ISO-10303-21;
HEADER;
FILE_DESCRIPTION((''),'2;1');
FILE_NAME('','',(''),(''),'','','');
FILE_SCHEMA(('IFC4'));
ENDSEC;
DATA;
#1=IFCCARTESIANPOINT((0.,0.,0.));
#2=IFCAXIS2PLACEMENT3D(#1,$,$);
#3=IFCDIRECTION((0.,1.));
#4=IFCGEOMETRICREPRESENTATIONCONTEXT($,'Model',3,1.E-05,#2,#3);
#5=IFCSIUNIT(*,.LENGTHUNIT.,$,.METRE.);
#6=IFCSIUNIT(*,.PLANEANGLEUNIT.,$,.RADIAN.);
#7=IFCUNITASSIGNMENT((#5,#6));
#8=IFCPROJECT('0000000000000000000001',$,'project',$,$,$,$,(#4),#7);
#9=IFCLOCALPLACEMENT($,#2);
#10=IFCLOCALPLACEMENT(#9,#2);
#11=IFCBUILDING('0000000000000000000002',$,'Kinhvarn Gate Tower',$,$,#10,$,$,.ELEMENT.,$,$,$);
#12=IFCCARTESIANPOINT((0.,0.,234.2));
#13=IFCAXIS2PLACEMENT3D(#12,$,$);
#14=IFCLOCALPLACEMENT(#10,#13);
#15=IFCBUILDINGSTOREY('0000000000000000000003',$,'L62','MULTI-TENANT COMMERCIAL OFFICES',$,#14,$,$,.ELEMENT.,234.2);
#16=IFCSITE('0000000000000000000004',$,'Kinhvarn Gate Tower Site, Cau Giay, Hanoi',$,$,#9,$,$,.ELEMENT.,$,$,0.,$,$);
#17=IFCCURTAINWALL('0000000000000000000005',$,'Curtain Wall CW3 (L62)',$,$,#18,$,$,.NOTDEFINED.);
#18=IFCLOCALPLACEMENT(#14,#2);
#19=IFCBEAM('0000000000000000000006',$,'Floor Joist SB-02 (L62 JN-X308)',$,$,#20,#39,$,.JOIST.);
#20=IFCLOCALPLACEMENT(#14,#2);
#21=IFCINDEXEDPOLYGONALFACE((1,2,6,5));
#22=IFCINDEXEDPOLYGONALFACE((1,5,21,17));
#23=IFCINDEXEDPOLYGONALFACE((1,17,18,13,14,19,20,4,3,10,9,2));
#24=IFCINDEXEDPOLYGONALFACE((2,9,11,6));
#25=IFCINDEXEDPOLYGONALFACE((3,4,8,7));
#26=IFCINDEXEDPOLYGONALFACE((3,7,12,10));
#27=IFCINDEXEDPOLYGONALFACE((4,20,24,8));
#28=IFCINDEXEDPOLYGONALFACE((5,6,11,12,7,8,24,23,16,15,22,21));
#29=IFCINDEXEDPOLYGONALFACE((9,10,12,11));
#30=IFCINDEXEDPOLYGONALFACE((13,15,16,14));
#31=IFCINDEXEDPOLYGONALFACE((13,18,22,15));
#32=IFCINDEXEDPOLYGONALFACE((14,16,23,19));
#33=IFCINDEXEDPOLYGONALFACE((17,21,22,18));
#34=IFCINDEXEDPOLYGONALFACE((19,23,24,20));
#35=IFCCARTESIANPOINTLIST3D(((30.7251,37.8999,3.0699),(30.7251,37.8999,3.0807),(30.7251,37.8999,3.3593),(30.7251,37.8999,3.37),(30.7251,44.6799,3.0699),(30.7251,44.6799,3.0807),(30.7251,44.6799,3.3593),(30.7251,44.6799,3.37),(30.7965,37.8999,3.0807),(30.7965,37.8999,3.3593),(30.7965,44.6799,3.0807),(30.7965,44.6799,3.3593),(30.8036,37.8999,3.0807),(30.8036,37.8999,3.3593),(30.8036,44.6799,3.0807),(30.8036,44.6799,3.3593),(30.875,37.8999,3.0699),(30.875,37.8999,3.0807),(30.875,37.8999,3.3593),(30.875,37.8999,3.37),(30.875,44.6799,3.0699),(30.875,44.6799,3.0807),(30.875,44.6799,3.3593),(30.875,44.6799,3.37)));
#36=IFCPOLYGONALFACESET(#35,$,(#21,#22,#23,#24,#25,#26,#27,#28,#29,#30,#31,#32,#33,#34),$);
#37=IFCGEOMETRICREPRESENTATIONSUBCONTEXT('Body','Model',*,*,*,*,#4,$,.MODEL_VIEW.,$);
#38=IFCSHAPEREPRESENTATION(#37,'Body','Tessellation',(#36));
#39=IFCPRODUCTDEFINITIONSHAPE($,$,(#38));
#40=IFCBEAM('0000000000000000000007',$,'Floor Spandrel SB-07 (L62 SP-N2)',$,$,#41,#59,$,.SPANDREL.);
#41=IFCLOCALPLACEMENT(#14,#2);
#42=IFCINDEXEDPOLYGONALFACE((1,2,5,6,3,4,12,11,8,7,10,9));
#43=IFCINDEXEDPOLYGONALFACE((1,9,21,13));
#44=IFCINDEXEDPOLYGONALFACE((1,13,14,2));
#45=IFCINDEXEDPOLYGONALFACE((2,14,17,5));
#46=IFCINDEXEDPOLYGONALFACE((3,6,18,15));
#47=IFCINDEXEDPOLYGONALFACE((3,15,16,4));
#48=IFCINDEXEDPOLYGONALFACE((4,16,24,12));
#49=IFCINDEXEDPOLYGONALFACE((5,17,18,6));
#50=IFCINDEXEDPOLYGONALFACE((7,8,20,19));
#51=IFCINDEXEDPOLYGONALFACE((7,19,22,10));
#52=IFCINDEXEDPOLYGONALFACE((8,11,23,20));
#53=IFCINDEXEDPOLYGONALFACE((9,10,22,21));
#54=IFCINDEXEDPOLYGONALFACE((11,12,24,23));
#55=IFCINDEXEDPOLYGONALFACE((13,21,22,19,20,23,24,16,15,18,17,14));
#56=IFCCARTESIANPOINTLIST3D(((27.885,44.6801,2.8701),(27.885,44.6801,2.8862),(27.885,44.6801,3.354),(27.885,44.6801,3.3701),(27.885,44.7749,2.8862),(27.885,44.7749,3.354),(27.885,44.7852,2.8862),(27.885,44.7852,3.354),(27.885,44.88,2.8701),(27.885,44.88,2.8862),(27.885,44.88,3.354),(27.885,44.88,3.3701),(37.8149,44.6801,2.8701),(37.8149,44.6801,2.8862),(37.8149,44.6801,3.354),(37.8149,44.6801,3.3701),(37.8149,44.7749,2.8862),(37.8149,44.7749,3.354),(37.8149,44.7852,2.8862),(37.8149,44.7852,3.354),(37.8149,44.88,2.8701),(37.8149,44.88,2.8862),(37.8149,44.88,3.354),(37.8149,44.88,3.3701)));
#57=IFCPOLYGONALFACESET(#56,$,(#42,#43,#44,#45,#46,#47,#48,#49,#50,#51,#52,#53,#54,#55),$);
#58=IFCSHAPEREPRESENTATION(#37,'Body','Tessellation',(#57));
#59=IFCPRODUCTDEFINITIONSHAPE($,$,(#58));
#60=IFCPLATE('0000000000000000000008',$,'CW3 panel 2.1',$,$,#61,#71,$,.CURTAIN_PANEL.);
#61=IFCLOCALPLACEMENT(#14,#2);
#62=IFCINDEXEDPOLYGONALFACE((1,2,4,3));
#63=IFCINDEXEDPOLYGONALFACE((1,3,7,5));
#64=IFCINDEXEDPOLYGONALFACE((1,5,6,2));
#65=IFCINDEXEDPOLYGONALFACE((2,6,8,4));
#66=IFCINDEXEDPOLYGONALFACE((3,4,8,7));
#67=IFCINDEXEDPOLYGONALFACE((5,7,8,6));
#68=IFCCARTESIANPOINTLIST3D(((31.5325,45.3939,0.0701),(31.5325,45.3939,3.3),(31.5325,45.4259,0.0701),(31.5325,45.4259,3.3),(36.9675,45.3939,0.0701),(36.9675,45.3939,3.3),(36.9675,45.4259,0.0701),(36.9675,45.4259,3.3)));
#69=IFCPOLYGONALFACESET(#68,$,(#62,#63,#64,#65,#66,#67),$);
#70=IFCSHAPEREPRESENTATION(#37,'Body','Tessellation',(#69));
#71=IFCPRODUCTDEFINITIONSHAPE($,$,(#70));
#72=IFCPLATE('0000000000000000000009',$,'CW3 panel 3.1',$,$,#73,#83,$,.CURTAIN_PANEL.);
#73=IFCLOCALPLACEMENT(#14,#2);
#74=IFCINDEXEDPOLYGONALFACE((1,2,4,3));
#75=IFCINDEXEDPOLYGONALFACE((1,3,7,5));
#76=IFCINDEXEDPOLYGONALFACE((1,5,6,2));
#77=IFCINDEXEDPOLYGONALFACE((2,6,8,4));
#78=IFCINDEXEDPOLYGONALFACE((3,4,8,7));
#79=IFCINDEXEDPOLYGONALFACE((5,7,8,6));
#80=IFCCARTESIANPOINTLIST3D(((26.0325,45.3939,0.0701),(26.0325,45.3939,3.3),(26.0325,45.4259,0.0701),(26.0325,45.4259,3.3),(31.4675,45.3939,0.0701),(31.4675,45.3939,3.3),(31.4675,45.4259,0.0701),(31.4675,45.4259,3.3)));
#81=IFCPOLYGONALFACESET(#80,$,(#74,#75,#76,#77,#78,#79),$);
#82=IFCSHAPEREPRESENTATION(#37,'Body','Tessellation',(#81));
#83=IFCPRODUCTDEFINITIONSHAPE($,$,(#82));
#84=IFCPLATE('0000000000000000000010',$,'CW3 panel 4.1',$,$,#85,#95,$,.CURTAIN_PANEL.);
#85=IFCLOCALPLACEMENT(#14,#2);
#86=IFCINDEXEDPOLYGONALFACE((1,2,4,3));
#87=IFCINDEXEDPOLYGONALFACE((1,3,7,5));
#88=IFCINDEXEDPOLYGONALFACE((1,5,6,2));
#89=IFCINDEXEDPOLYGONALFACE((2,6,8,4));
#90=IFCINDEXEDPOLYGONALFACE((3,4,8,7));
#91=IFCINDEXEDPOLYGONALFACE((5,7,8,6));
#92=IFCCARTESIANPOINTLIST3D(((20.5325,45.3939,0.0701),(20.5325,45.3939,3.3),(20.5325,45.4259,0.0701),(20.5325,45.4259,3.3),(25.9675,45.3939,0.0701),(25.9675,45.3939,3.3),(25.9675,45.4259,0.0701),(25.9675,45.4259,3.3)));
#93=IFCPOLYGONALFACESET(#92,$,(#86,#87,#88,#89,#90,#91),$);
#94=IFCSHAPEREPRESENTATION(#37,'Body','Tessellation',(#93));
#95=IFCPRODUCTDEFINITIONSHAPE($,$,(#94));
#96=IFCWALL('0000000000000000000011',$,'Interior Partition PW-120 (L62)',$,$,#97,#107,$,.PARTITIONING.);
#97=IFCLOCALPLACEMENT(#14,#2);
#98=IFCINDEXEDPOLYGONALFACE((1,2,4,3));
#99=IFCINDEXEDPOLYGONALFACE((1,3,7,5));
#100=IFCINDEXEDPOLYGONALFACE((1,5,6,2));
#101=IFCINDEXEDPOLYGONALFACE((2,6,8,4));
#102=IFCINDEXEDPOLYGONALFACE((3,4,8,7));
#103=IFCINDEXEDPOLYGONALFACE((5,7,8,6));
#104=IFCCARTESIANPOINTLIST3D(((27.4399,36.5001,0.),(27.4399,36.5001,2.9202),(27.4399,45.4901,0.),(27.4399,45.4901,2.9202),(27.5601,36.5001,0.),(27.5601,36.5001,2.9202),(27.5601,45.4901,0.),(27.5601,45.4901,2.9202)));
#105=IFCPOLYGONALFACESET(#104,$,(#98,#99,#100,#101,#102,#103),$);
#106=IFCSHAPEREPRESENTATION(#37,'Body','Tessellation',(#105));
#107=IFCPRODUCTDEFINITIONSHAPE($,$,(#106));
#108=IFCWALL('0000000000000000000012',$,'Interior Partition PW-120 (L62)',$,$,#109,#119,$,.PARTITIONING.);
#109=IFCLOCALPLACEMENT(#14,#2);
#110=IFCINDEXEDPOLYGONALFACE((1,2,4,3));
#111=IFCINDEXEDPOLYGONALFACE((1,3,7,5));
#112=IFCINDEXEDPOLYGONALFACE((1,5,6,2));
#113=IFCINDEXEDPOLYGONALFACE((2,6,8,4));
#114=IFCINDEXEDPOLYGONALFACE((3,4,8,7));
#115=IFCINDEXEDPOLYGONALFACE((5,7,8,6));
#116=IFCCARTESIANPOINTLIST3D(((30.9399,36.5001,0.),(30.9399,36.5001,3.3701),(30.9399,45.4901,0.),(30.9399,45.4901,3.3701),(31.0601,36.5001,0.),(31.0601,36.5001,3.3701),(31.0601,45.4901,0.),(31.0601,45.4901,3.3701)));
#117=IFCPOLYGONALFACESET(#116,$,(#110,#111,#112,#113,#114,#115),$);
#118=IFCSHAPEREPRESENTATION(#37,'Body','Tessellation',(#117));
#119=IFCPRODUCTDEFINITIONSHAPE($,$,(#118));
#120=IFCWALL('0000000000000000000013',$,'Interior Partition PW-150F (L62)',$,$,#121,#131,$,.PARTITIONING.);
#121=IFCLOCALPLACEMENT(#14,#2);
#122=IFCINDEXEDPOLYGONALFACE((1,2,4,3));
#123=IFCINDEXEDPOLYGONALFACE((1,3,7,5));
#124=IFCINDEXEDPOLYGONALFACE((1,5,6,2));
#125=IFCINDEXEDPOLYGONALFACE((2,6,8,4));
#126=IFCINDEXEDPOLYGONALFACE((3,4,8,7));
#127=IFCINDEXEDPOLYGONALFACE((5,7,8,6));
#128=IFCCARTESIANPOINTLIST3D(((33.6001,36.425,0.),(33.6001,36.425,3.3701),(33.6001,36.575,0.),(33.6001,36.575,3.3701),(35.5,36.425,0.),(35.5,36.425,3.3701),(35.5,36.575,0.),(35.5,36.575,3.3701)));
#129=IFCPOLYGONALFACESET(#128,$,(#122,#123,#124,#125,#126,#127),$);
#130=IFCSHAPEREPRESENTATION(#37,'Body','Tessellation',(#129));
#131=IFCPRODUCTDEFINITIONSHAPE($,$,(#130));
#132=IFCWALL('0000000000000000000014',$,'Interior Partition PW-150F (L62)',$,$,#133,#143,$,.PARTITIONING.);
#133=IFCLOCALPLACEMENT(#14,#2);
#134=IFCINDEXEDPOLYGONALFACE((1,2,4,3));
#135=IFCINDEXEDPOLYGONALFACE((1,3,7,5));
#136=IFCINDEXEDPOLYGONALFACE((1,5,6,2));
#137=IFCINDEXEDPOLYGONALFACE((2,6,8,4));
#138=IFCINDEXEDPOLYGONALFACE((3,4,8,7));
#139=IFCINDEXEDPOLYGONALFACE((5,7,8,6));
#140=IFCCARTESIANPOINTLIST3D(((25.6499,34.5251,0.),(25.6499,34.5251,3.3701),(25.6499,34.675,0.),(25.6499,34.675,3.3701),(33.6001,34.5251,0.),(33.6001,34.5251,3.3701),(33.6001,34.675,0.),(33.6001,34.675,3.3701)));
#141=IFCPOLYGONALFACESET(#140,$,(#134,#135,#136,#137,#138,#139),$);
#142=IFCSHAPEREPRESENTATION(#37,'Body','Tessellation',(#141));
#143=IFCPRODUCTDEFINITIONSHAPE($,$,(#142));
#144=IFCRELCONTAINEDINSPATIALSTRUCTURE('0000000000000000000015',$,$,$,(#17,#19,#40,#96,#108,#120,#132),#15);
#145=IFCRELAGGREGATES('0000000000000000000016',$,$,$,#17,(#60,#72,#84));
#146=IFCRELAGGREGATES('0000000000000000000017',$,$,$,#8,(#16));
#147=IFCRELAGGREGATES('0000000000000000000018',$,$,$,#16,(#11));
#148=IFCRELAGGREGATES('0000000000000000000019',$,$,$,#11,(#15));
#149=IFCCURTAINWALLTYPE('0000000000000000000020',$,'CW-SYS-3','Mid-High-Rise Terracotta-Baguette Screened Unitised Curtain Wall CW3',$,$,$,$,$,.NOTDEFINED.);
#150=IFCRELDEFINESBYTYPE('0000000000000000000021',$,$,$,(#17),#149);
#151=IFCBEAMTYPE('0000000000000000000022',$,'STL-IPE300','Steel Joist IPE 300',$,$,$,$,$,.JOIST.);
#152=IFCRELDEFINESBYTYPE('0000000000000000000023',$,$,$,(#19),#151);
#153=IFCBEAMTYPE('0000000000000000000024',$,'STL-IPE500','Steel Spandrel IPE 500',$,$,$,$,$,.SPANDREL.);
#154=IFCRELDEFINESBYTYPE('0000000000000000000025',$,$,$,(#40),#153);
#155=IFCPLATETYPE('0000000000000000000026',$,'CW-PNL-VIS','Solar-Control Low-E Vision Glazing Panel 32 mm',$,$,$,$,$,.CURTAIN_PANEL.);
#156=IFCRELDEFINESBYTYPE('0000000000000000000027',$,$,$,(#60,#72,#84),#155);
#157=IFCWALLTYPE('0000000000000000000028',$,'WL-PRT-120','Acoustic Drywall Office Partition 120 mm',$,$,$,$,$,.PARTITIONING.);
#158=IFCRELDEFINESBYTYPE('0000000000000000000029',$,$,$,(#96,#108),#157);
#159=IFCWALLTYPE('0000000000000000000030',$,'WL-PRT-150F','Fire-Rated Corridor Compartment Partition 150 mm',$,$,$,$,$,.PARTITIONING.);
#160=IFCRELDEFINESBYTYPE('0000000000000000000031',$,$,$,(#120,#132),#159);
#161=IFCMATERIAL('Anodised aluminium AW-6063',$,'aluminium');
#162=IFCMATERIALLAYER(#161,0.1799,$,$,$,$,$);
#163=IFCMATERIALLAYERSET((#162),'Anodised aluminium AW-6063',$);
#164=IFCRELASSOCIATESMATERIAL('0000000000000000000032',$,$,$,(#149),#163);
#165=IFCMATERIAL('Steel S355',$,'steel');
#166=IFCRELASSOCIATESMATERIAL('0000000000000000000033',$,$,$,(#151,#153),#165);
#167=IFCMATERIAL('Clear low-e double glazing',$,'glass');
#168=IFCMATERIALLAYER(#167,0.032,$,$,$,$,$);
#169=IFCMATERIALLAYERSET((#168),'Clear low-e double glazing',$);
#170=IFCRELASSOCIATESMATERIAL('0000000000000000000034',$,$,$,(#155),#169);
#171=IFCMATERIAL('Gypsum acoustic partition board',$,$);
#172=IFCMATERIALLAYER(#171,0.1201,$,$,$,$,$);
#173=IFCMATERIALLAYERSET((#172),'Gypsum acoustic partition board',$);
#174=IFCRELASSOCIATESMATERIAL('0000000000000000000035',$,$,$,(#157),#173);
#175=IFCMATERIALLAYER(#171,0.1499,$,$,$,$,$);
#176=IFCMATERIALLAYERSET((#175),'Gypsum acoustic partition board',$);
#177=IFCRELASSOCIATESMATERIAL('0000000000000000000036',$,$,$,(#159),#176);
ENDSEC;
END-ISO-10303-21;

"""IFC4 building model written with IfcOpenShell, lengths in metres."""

from ifc_helpers import new_model, si_unit, direction, frame, frame_2d, origin, origin_2d, place, context, subcontext, project, spatial, rectangle, i_section, extrude, material, layer, layer_set, material_profile, profile_set, type_object, element, aggregate, save


model = new_model("IFC4")

# Units and contexts
model_context = context("Model", 3, precision=1e-05, world=origin(), true_north=direction((0.0, 1.0)))
body_context = subcontext(model_context, "Body", "Model", "MODEL_VIEW")
ifc_project = project(units=[si_unit("LENGTHUNIT", "METRE"), si_unit("PLANEANGLEUNIT", "RADIAN")], contexts=[model_context])

# Site, building, storey
site_placement = place(None, origin())
site = spatial("IfcSite", under=ifc_project, at=site_placement, Name="Kinhvarn Gate Tower Site, Cau Giay, Hanoi", CompositionType="ELEMENT", RefElevation=0.0)
building_placement = place(site_placement, origin())
building = spatial("IfcBuilding", under=site, at=building_placement, Name="Kinhvarn Gate Tower", CompositionType="ELEMENT")
storey_placement = place(building_placement, frame((0.0, 0.0, 234.2)))
storey = spatial("IfcBuildingStorey", under=building, at=storey_placement, Name="L62", Description="MULTI-TENANT COMMERCIAL OFFICES", CompositionType="ELEMENT", Elevation=234.2)

# Curtain wall
ifc_material_1 = material(Name="Anodised aluminium AW-6063", Category="aluminium")
ifc_layer_1 = layer(ifc_material_1, 0.1799)
ifc_layer_set_1 = layer_set([ifc_layer_1], Name="Anodised aluminium AW-6063")
curtain_wall_type = type_object("IfcCurtainWallType", Name="CW-SYS-3", Description="Mid-High-Rise Terracotta-Baguette Screened Unitised Curtain Wall CW3", PredefinedType="NOTDEFINED", material=ifc_layer_set_1)
curtain_wall_placement = place(storey_placement, origin())
curtain_wall = element("IfcCurtainWall", 1, at=curtain_wall_placement, inside=storey, type_object=curtain_wall_type, Name="Curtain Wall CW3 (L62)", PredefinedType="NOTDEFINED")

# Beams
ifc_material_2 = material(Name="Steel S355", Category="steel")
ifc_material_profile_1 = material_profile(ifc_material_2, i_section(OverallWidth=0.1499, OverallDepth=0.3, WebThickness=0.0071, FlangeThickness=0.0107, at=origin_2d()), Name="IPE 300")
ifc_profile_set_1 = profile_set([ifc_material_profile_1], Name="Steel S355")
beam_type_1 = type_object("IfcBeamType", Name="STL-IPE300", Description="Steel Joist IPE 300", PredefinedType="JOIST", material=ifc_profile_set_1)
for number, where, z_axis, x_axis, name in (
    (2, (30.8, 37.8999, 3.22), (0.0, 1.0, 0.0), (-1.0, 0.0, 0.0), "Floor Joist SB-02 (L62 JN-X308)"),
):
    element("IfcBeam", number, at=place(storey_placement, frame(where, z_axis=z_axis, x_axis=x_axis)), inside=storey, type_object=beam_type_1, Name=name, PredefinedType="JOIST", context=body_context, shape_type="SweptSolid", body=[
        extrude(i_section(OverallWidth=0.1499, OverallDepth=0.3, WebThickness=0.0071, FlangeThickness=0.0107, at=origin_2d()), origin(), (0.0, 0.0, 1.0), 6.78),
    ])
ifc_material_profile_2 = material_profile(ifc_material_2, i_section(OverallWidth=0.2, OverallDepth=0.5, WebThickness=0.0103, FlangeThickness=0.0161, at=origin_2d()), Name="IPE 500")
ifc_profile_set_2 = profile_set([ifc_material_profile_2], Name="Steel S355")
beam_type_2 = type_object("IfcBeamType", Name="STL-IPE500", Description="Steel Spandrel IPE 500", PredefinedType="SPANDREL", material=ifc_profile_set_2)
beam_1_placement = place(storey_placement, frame((27.885, 44.78, 3.1201), z_axis=(1.0, 0.0, 0.0), x_axis=(0.0, 1.0, 0.0)))
element("IfcBeam", 3, at=beam_1_placement, inside=storey, type_object=beam_type_2, Name="Floor Spandrel SB-07 (L62 SP-N2)", PredefinedType="SPANDREL", context=body_context, shape_type="SweptSolid", body=[
    extrude(i_section(OverallWidth=0.2, OverallDepth=0.5, WebThickness=0.0103, FlangeThickness=0.0161, at=origin_2d()), origin(), (0.0, 0.0, 1.0), 9.9299),
])

# Plates
ifc_material_3 = material(Name="Clear low-e double glazing", Category="glass")
ifc_layer_2 = layer(ifc_material_3, 0.032)
ifc_layer_set_2 = layer_set([ifc_layer_2], Name="Clear low-e double glazing")
plate_type = type_object("IfcPlateType", Name="CW-PNL-VIS", Description="Solar-Control Low-E Vision Glazing Panel 32 mm", PredefinedType="CURTAIN_PANEL", material=ifc_layer_set_2)
plate_1_placement = place(storey_placement, frame((34.25, 45.4099, 0.0701), z_axis=(0.0, 0.0, 1.0), x_axis=(-1.0, 0.0, 0.0)))
plate_1 = element("IfcPlate", 4, at=plate_1_placement, type_object=plate_type, Name="CW3 panel 2.1", PredefinedType="CURTAIN_PANEL", context=body_context, shape_type="SweptSolid", body=[
    extrude(rectangle(XDim=5.4351, YDim=0.032, at=origin_2d()), origin(), (0.0, 0.0, 1.0), 3.23),
])
plate_2_placement = place(storey_placement, frame((28.75, 45.4099, 0.0701), z_axis=(0.0, 0.0, 1.0), x_axis=(-1.0, 0.0, 0.0)))
plate_2 = element("IfcPlate", 5, at=plate_2_placement, type_object=plate_type, Name="CW3 panel 3.1", PredefinedType="CURTAIN_PANEL", context=body_context, shape_type="SweptSolid", body=[
    extrude(rectangle(XDim=5.4351, YDim=0.032, at=origin_2d()), origin(), (0.0, 0.0, 1.0), 3.23),
])
plate_3_placement = place(storey_placement, frame((23.25, 45.4099, 0.0701), z_axis=(0.0, 0.0, 1.0), x_axis=(-1.0, 0.0, 0.0)))
plate_3 = element("IfcPlate", 6, at=plate_3_placement, type_object=plate_type, Name="CW3 panel 4.1", PredefinedType="CURTAIN_PANEL", context=body_context, shape_type="SweptSolid", body=[
    extrude(rectangle(XDim=5.4351, YDim=0.032, at=origin_2d()), origin(), (0.0, 0.0, 1.0), 3.23),
])
aggregate(curtain_wall, [plate_1, plate_2, plate_3])

# Walls
ifc_material_4 = material(Name="Gypsum acoustic partition board")
ifc_layer_3 = layer(ifc_material_4, 0.1201)
ifc_layer_set_3 = layer_set([ifc_layer_3], Name="Gypsum acoustic partition board")
wall_type_1 = type_object("IfcWallType", Name="WL-PRT-120", Description="Acoustic Drywall Office Partition 120 mm", PredefinedType="PARTITIONING", material=ifc_layer_set_3)
wall_1_placement = place(storey_placement, frame((27.5, 36.5, 0.0), z_axis=(0.0, 0.0, 1.0), x_axis=(0.0, 1.0, 0.0)))
element("IfcWall", 7, at=wall_1_placement, inside=storey, type_object=wall_type_1, Name="Interior Partition PW-120 (L62)", PredefinedType="PARTITIONING", context=body_context, shape_type="SweptSolid", body=[
    extrude(rectangle(XDim=8.99, YDim=0.1201, at=frame_2d((4.4951, 0.0))), origin(), (0.0, 0.0, 1.0), 2.9202),
])
wall_2_placement = place(storey_placement, frame((31.0, 36.5, 0.0), z_axis=(0.0, 0.0, 1.0), x_axis=(0.0, 1.0, 0.0)))
element("IfcWall", 8, at=wall_2_placement, inside=storey, type_object=wall_type_1, Name="Interior Partition PW-120 (L62)", PredefinedType="PARTITIONING", context=body_context, shape_type="SweptSolid", body=[
    extrude(rectangle(XDim=8.99, YDim=0.1201, at=frame_2d((4.4951, 0.0))), origin(), (0.0, 0.0, 1.0), 3.3701),
])
ifc_layer_4 = layer(ifc_material_4, 0.1499)
ifc_layer_set_4 = layer_set([ifc_layer_4], Name="Gypsum acoustic partition board")
wall_type_2 = type_object("IfcWallType", Name="WL-PRT-150F", Description="Fire-Rated Corridor Compartment Partition 150 mm", PredefinedType="PARTITIONING", material=ifc_layer_set_4)
wall_3_placement = place(storey_placement, frame((33.6001, 36.5, 0.0), z_axis=(0.0, 0.0, 1.0), x_axis=(1.0, 0.0, 0.0)))
element("IfcWall", 9, at=wall_3_placement, inside=storey, type_object=wall_type_2, Name="Interior Partition PW-150F (L62)", PredefinedType="PARTITIONING", context=body_context, shape_type="SweptSolid", body=[
    extrude(rectangle(XDim=1.8999, YDim=0.1499, at=frame_2d((0.95, 0.0))), origin(), (0.0, 0.0, 1.0), 3.3701),
])
wall_4_placement = place(storey_placement, frame((25.6499, 34.6001, 0.0), z_axis=(0.0, 0.0, 1.0), x_axis=(1.0, 0.0, 0.0)))
element("IfcWall", 10, at=wall_4_placement, inside=storey, type_object=wall_type_2, Name="Interior Partition PW-150F (L62)", PredefinedType="PARTITIONING", context=body_context, shape_type="SweptSolid", body=[
    extrude(rectangle(XDim=7.9502, YDim=0.1499, at=frame_2d((3.9751, 0.0))), origin(), (0.0, 0.0, 1.0), 3.3701),
])

save(model, "model.ifc")
